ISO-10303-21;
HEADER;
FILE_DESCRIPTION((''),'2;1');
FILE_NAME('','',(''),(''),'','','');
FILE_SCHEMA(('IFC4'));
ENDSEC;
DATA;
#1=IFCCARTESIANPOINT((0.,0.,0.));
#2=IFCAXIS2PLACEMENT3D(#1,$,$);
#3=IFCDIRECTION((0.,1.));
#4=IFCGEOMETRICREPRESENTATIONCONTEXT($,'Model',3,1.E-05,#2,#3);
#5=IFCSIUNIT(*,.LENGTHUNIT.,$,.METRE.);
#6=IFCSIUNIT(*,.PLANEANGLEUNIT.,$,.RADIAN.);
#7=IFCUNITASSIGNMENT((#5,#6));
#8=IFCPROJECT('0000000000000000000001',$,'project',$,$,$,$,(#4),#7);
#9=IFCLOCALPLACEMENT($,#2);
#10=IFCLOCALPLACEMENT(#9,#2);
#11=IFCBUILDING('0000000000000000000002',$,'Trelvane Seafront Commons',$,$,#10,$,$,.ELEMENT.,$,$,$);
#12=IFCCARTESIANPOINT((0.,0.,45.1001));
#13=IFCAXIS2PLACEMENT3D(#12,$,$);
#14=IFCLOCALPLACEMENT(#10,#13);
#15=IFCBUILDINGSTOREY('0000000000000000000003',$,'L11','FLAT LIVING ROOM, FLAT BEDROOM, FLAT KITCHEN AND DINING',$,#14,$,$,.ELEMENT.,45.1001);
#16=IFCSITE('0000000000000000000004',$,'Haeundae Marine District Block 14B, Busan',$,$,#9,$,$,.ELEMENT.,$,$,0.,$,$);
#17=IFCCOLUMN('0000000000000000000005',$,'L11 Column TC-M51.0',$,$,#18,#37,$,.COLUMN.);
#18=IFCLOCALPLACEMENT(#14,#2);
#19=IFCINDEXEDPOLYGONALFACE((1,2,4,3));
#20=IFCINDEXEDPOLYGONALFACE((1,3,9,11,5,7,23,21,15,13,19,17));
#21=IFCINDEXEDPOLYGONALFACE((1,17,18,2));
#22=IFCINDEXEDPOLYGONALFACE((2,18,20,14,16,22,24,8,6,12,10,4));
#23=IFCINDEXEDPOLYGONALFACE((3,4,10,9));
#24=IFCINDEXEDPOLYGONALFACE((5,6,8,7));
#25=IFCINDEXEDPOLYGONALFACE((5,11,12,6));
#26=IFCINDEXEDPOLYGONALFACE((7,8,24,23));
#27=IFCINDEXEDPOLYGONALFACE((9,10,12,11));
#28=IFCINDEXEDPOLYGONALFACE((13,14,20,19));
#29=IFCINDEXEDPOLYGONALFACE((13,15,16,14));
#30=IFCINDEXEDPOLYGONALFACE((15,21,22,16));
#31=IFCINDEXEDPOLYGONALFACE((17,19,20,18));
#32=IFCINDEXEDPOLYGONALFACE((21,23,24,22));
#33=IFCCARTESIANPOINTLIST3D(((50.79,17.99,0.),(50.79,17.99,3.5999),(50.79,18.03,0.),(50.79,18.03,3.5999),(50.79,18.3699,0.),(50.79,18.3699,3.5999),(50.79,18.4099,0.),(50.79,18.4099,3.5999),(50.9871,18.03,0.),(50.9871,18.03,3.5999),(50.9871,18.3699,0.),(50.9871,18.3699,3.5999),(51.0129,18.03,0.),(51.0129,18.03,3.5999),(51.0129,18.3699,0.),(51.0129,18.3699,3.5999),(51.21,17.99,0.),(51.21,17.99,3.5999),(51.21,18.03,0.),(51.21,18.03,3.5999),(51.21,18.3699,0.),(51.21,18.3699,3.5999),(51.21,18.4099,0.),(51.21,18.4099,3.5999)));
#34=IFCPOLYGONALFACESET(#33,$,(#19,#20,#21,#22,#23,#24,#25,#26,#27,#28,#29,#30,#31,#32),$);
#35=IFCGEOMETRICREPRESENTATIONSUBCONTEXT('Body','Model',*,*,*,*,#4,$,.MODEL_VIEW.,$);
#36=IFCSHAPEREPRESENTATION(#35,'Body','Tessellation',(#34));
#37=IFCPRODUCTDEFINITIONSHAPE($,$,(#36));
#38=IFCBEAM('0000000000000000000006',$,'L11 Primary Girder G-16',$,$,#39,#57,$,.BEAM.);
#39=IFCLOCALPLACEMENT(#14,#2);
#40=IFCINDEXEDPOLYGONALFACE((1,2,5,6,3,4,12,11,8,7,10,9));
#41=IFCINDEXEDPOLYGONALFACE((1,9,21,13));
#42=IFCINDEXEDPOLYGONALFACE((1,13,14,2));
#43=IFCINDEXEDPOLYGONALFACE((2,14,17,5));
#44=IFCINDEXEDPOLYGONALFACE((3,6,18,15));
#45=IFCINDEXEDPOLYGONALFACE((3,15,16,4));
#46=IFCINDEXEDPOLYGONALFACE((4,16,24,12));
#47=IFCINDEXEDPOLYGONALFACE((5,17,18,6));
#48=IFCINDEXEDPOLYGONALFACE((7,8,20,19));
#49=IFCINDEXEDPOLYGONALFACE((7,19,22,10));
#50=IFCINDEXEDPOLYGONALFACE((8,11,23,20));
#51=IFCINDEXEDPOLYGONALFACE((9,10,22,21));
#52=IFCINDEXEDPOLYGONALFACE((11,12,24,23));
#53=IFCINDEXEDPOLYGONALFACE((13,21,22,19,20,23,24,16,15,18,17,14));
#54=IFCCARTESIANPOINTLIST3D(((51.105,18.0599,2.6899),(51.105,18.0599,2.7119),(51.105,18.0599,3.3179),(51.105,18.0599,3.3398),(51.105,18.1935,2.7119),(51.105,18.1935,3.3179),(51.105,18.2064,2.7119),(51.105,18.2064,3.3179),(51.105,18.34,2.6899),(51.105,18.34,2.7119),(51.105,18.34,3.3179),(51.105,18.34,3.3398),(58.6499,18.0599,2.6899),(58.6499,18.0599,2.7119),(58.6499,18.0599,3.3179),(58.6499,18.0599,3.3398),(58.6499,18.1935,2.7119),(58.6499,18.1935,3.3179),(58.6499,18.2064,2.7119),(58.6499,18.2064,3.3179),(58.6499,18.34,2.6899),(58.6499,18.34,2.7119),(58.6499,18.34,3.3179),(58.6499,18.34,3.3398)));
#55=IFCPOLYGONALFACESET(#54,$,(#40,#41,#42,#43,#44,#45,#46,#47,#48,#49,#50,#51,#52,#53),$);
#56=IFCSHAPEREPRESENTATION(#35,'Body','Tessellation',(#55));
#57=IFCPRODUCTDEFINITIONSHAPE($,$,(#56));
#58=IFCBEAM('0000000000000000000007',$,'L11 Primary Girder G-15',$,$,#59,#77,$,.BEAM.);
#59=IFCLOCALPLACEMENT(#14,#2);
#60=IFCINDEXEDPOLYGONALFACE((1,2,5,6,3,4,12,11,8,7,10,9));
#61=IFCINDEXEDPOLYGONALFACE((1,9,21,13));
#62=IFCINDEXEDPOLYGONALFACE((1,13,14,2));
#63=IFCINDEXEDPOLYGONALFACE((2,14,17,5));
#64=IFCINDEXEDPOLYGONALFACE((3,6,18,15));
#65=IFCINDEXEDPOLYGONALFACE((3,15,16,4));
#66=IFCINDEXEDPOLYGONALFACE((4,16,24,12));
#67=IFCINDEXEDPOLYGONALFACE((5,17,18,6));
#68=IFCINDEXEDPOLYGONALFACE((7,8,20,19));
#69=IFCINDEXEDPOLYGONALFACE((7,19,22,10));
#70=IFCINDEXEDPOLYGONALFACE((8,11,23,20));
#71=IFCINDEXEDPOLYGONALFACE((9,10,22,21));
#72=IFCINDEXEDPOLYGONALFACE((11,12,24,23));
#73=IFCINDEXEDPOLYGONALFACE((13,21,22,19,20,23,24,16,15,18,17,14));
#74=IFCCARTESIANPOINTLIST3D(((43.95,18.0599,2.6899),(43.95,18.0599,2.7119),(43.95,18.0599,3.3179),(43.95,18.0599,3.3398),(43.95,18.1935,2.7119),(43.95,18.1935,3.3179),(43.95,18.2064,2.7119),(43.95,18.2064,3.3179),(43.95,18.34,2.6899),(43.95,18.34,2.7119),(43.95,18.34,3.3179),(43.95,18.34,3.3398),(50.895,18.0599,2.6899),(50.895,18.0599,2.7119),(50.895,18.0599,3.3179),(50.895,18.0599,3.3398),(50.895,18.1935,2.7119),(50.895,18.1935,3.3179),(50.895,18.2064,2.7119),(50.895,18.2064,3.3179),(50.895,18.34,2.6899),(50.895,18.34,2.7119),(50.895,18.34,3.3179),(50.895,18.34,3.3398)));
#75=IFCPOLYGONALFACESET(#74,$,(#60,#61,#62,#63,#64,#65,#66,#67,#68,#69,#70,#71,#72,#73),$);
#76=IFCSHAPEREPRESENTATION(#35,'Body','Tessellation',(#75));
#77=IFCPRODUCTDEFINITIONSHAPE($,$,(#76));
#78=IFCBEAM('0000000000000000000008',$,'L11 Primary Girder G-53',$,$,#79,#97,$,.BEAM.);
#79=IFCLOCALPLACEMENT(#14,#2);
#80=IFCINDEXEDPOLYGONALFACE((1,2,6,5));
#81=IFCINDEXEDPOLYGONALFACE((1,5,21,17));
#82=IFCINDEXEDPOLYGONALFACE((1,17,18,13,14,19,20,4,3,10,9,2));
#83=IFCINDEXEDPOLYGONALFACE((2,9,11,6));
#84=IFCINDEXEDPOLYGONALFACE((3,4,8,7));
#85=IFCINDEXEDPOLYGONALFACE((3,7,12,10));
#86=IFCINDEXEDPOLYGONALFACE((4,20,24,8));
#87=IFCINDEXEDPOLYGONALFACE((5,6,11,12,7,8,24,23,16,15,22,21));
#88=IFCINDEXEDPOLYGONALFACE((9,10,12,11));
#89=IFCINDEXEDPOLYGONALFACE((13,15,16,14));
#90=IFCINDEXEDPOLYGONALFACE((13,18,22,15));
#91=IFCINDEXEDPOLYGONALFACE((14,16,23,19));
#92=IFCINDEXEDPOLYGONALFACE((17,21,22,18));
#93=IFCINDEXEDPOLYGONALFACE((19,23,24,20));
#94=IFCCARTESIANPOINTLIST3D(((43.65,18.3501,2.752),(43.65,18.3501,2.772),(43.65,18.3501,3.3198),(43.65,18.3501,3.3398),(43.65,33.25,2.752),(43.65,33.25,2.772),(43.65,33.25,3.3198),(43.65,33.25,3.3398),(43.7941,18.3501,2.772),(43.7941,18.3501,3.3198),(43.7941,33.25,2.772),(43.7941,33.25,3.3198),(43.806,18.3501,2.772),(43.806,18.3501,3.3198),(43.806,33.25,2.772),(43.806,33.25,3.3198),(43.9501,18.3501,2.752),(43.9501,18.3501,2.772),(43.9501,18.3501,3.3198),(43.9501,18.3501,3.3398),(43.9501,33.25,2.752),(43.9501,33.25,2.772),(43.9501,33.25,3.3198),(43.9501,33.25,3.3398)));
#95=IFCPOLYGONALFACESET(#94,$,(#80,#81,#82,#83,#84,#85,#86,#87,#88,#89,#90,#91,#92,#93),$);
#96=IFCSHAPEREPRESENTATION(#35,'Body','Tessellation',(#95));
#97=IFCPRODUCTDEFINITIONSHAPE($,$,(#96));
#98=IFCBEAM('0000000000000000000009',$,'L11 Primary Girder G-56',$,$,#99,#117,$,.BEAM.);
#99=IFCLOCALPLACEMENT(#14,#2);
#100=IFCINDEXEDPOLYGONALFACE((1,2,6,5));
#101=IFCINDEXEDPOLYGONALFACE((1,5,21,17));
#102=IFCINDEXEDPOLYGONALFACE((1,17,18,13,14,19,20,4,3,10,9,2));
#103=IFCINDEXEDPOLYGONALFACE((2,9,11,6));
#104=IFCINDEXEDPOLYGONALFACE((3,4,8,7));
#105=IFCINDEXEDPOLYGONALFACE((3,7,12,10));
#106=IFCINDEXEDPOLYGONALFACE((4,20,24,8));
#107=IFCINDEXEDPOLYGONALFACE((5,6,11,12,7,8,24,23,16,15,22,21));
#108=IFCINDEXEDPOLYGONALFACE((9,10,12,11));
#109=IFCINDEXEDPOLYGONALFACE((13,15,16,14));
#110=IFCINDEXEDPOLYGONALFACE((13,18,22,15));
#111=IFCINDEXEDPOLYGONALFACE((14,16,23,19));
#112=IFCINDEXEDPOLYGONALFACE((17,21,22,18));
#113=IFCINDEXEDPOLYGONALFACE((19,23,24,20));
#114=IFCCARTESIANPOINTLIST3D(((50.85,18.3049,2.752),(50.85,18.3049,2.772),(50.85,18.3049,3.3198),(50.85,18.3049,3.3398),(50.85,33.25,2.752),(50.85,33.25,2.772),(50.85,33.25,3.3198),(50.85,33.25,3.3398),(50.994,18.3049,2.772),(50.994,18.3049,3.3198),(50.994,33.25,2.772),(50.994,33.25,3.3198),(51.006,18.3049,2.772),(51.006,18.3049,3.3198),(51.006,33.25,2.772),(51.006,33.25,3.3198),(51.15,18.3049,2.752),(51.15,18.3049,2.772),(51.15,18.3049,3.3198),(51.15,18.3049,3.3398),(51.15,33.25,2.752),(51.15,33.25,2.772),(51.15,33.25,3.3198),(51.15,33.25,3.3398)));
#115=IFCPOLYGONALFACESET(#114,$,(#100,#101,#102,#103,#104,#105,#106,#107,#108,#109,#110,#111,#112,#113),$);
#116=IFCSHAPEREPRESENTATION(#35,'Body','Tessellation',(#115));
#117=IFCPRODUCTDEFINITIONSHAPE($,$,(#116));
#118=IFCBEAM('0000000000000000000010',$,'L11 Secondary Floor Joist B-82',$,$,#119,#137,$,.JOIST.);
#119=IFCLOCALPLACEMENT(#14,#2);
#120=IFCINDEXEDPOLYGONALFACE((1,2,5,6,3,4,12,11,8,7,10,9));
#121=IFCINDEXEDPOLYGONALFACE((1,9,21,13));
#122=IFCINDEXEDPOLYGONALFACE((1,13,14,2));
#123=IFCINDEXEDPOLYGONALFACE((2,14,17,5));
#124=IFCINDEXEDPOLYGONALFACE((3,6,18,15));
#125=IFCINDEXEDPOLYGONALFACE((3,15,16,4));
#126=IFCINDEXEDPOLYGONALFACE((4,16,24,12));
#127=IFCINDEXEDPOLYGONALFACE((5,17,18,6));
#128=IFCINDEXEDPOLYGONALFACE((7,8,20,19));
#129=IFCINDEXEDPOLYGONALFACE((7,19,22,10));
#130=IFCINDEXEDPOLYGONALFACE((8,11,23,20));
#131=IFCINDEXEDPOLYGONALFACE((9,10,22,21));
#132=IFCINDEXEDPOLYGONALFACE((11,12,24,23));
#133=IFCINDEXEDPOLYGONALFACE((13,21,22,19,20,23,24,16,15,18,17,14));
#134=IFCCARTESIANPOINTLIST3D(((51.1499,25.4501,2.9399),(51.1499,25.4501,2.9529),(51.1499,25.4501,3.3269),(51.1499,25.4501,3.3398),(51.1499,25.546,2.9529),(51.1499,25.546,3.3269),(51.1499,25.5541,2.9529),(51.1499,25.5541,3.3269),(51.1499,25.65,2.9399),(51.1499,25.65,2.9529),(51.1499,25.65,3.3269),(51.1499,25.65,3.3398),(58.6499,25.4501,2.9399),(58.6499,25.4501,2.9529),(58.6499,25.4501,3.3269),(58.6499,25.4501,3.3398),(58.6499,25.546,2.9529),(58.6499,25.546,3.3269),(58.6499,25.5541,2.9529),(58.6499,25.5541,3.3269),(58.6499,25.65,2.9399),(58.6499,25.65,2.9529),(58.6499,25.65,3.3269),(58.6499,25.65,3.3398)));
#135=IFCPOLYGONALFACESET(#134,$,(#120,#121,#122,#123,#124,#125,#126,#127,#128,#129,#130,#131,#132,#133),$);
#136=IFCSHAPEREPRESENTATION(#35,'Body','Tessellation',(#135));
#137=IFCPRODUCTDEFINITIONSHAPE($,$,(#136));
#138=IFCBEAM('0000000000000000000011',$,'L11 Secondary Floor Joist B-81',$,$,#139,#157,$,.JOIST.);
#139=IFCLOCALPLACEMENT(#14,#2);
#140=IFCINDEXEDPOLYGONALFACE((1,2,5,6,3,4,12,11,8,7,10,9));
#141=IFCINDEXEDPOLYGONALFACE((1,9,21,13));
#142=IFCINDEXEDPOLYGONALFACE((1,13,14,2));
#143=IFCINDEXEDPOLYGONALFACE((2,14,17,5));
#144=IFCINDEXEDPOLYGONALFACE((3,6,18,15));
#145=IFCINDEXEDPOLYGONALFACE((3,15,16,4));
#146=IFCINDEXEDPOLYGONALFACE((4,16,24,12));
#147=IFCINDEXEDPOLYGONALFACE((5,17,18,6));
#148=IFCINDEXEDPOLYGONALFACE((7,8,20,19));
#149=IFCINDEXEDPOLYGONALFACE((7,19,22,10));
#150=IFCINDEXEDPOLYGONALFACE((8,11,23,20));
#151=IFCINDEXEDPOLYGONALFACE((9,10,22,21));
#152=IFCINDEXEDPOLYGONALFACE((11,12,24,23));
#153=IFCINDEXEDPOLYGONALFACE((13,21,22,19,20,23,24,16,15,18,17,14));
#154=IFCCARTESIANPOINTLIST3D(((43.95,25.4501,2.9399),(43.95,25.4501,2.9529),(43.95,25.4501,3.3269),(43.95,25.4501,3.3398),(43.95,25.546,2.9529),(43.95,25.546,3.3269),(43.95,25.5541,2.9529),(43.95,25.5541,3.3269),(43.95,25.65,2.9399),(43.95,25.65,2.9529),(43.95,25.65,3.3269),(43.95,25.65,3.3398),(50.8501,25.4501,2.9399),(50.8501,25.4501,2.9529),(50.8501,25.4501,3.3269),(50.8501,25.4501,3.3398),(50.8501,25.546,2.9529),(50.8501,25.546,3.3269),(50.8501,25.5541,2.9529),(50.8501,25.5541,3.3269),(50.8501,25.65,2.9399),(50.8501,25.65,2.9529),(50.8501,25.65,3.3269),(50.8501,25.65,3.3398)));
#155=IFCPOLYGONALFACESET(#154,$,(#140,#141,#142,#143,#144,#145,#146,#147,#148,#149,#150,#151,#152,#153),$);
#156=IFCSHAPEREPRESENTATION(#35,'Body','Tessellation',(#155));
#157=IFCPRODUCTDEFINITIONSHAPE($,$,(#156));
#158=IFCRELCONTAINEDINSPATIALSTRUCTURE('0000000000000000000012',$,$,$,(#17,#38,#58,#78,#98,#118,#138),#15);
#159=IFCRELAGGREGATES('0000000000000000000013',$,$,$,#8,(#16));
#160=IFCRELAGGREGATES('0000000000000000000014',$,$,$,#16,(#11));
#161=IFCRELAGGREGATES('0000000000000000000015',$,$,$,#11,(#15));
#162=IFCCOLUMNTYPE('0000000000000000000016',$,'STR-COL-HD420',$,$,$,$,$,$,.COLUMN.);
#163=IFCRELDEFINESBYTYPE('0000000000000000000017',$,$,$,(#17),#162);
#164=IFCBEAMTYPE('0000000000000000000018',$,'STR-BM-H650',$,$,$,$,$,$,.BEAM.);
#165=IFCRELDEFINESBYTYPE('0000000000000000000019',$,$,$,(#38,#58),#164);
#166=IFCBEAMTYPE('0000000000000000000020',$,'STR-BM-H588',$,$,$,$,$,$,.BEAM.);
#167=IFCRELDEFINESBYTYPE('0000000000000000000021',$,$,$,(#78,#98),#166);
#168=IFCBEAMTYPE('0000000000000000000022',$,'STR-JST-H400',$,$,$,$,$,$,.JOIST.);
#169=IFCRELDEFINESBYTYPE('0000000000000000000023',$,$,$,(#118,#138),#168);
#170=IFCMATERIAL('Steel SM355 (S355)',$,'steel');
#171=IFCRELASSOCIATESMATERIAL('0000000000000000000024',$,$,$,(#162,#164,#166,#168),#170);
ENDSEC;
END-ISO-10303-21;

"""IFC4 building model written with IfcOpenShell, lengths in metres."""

from ifc_helpers import new_model, si_unit, direction, frame, origin, origin_2d, place, context, subcontext, project, spatial, i_section, extrude, source, transform, mapped, material, material_profile, profile_set, type_object, element, save


model = new_model("IFC4")

# Units and contexts
model_context = context("Model", 3, precision=1e-05, world=origin(), true_north=direction((0.0, 1.0)))
body_context = subcontext(model_context, "Body", "Model", "MODEL_VIEW")
ifc_project = project(units=[si_unit("LENGTHUNIT", "METRE"), si_unit("PLANEANGLEUNIT", "RADIAN")], contexts=[model_context])

# Site, building, storey
site_placement = place(None, origin())
site = spatial("IfcSite", under=ifc_project, at=site_placement, Name="Haeundae Marine District Block 14B, Busan", CompositionType="ELEMENT", RefElevation=0.0)
building_placement = place(site_placement, origin())
building = spatial("IfcBuilding", under=site, at=building_placement, Name="Trelvane Seafront Commons", CompositionType="ELEMENT")
storey_placement = place(building_placement, frame((0.0, 0.0, 45.1001)))
storey = spatial("IfcBuildingStorey", under=building, at=storey_placement, Name="L11", Description="FLAT LIVING ROOM, FLAT BEDROOM, FLAT KITCHEN AND DINING", CompositionType="ELEMENT", Elevation=45.1001)

# Column
ifc_material_1 = material(Name="Steel SM355 (S355)", Category="steel")
ifc_material_profile_1 = material_profile(ifc_material_1, i_section(OverallWidth=0.4199, OverallDepth=0.4199, WebThickness=0.0259, FlangeThickness=0.04, at=origin_2d()), Name="HD-420x420x26x40")
ifc_profile_set_1 = profile_set([ifc_material_profile_1], Name="Steel SM355 (S355)")
column_type = type_object("IfcColumnType", Name="STR-COL-HD420", PredefinedType="COLUMN", material=ifc_profile_set_1)
shared_shape_1 = source(origin(), body_context, "Body", "SweptSolid", [
    extrude(i_section(OverallWidth=0.4199, OverallDepth=0.4199, WebThickness=0.0259, FlangeThickness=0.04, at=origin_2d()), origin(), (0.0, 0.0, 1.0), 3.5999),
])
column_placement = place(storey_placement, frame((51.0, 18.2, 0.0), z_axis=(0.0, 0.0, 1.0), x_axis=(1.0, 0.0, 0.0)))
element("IfcColumn", 1, at=column_placement, inside=storey, type_object=column_type, Name="L11 Column TC-M51.0", PredefinedType="COLUMN", context=body_context, shape_type="MappedRepresentation", body=[
    mapped(shared_shape_1, transform((0.0, 0.0, 0.0), x_axis=(1.0, 0.0, 0.0), y_axis=(0.0, 1.0, 0.0), z_axis=(0.0, 0.0, 1.0), scale=1.0)),
])

# Beams
ifc_material_profile_2 = material_profile(ifc_material_1, i_section(OverallWidth=0.28, OverallDepth=0.6499, WebThickness=0.0129, FlangeThickness=0.022, at=origin_2d()), Name="H-650x280x13x22")
ifc_profile_set_2 = profile_set([ifc_material_profile_2], Name="Steel SM355 (S355)")
beam_type_1 = type_object("IfcBeamType", Name="STR-BM-H650", PredefinedType="BEAM", material=ifc_profile_set_2)
shared_shape_2 = source(origin(), body_context, "Body", "SweptSolid", [
    extrude(i_section(OverallWidth=0.28, OverallDepth=0.6499, WebThickness=0.0129, FlangeThickness=0.022, at=origin_2d()), origin(), (0.0, 0.0, 1.0), 7.5449),
])
beam_1_placement = place(storey_placement, frame((51.105, 18.2, 3.0149), z_axis=(1.0, 0.0, 0.0), x_axis=(0.0, 1.0, 0.0)))
element("IfcBeam", 2, at=beam_1_placement, inside=storey, type_object=beam_type_1, Name="L11 Primary Girder G-16", PredefinedType="BEAM", context=body_context, shape_type="MappedRepresentation", body=[
    mapped(shared_shape_2, transform((0.0, 0.0, 0.0), x_axis=(1.0, 0.0, 0.0), y_axis=(0.0, 1.0, 0.0), z_axis=(0.0, 0.0, 1.0), scale=1.0)),
])
shared_shape_3 = source(origin(), body_context, "Body", "SweptSolid", [
    extrude(i_section(OverallWidth=0.28, OverallDepth=0.6499, WebThickness=0.0129, FlangeThickness=0.022, at=origin_2d()), origin(), (0.0, 0.0, 1.0), 6.9451),
])
beam_2_placement = place(storey_placement, frame((43.95, 18.2, 3.0149), z_axis=(1.0, 0.0, 0.0), x_axis=(0.0, 1.0, 0.0)))
element("IfcBeam", 3, at=beam_2_placement, inside=storey, type_object=beam_type_1, Name="L11 Primary Girder G-15", PredefinedType="BEAM", context=body_context, shape_type="MappedRepresentation", body=[
    mapped(shared_shape_3, transform((0.0, 0.0, 0.0), x_axis=(1.0, 0.0, 0.0), y_axis=(0.0, 1.0, 0.0), z_axis=(0.0, 0.0, 1.0), scale=1.0)),
])
ifc_material_profile_3 = material_profile(ifc_material_1, i_section(OverallWidth=0.3, OverallDepth=0.5879, WebThickness=0.012, FlangeThickness=0.02, at=origin_2d()), Name="H-588x300x12x20")
ifc_profile_set_3 = profile_set([ifc_material_profile_3], Name="Steel SM355 (S355)")
beam_type_2 = type_object("IfcBeamType", Name="STR-BM-H588", PredefinedType="BEAM", material=ifc_profile_set_3)
shared_shape_4 = source(origin(), body_context, "Body", "SweptSolid", [
    extrude(i_section(OverallWidth=0.3, OverallDepth=0.5879, WebThickness=0.012, FlangeThickness=0.02, at=origin_2d()), origin(), (0.0, 0.0, 1.0), 14.8999),
])
beam_3_placement = place(storey_placement, frame((43.8, 18.3501, 3.0459), z_axis=(0.0, 1.0, 0.0), x_axis=(-1.0, 0.0, 0.0)))
element("IfcBeam", 4, at=beam_3_placement, inside=storey, type_object=beam_type_2, Name="L11 Primary Girder G-53", PredefinedType="BEAM", context=body_context, shape_type="MappedRepresentation", body=[
    mapped(shared_shape_4, transform((0.0, 0.0, 0.0), x_axis=(1.0, 0.0, 0.0), y_axis=(0.0, 1.0, 0.0), z_axis=(0.0, 0.0, 1.0), scale=1.0)),
])
shared_shape_5 = source(origin(), body_context, "Body", "SweptSolid", [
    extrude(i_section(OverallWidth=0.3, OverallDepth=0.5879, WebThickness=0.012, FlangeThickness=0.02, at=origin_2d()), origin(), (0.0, 0.0, 1.0), 14.9451),
])
beam_4_placement = place(storey_placement, frame((51.0, 18.3049, 3.0459), z_axis=(0.0, 1.0, 0.0), x_axis=(-1.0, 0.0, 0.0)))
element("IfcBeam", 5, at=beam_4_placement, inside=storey, type_object=beam_type_2, Name="L11 Primary Girder G-56", PredefinedType="BEAM", context=body_context, shape_type="MappedRepresentation", body=[
    mapped(shared_shape_5, transform((0.0, 0.0, 0.0), x_axis=(1.0, 0.0, 0.0), y_axis=(0.0, 1.0, 0.0), z_axis=(0.0, 0.0, 1.0), scale=1.0)),
])
ifc_material_profile_4 = material_profile(ifc_material_1, i_section(OverallWidth=0.2, OverallDepth=0.3999, WebThickness=0.0081, FlangeThickness=0.0129, at=origin_2d()), Name="H-400x200x8x13")
ifc_profile_set_4 = profile_set([ifc_material_profile_4], Name="Steel SM355 (S355)")
beam_type_3 = type_object("IfcBeamType", Name="STR-JST-H400", PredefinedType="JOIST", material=ifc_profile_set_4)
shared_shape_6 = source(origin(), body_context, "Body", "SweptSolid", [
    extrude(i_section(OverallWidth=0.2, OverallDepth=0.3999, WebThickness=0.0081, FlangeThickness=0.0129, at=origin_2d()), origin(), (0.0, 0.0, 1.0), 7.5),
])
beam_5_placement = place(storey_placement, frame((51.1499, 25.55, 3.1399), z_axis=(1.0, 0.0, 0.0), x_axis=(0.0, 1.0, 0.0)))
element("IfcBeam", 6, at=beam_5_placement, inside=storey, type_object=beam_type_3, Name="L11 Secondary Floor Joist B-82", PredefinedType="JOIST", context=body_context, shape_type="MappedRepresentation", body=[
    mapped(shared_shape_6, transform((0.0, 0.0, 0.0), x_axis=(1.0, 0.0, 0.0), y_axis=(0.0, 1.0, 0.0), z_axis=(0.0, 0.0, 1.0), scale=1.0)),
])
shared_shape_7 = source(origin(), body_context, "Body", "SweptSolid", [
    extrude(i_section(OverallWidth=0.2, OverallDepth=0.3999, WebThickness=0.0081, FlangeThickness=0.0129, at=origin_2d()), origin(), (0.0, 0.0, 1.0), 6.9001),
])
beam_6_placement = place(storey_placement, frame((43.95, 25.55, 3.1399), z_axis=(1.0, 0.0, 0.0), x_axis=(0.0, 1.0, 0.0)))
element("IfcBeam", 7, at=beam_6_placement, inside=storey, type_object=beam_type_3, Name="L11 Secondary Floor Joist B-81", PredefinedType="JOIST", context=body_context, shape_type="MappedRepresentation", body=[
    mapped(shared_shape_7, transform((0.0, 0.0, 0.0), x_axis=(1.0, 0.0, 0.0), y_axis=(0.0, 1.0, 0.0), z_axis=(0.0, 0.0, 1.0), scale=1.0)),
])

save(model, "model.ifc")
